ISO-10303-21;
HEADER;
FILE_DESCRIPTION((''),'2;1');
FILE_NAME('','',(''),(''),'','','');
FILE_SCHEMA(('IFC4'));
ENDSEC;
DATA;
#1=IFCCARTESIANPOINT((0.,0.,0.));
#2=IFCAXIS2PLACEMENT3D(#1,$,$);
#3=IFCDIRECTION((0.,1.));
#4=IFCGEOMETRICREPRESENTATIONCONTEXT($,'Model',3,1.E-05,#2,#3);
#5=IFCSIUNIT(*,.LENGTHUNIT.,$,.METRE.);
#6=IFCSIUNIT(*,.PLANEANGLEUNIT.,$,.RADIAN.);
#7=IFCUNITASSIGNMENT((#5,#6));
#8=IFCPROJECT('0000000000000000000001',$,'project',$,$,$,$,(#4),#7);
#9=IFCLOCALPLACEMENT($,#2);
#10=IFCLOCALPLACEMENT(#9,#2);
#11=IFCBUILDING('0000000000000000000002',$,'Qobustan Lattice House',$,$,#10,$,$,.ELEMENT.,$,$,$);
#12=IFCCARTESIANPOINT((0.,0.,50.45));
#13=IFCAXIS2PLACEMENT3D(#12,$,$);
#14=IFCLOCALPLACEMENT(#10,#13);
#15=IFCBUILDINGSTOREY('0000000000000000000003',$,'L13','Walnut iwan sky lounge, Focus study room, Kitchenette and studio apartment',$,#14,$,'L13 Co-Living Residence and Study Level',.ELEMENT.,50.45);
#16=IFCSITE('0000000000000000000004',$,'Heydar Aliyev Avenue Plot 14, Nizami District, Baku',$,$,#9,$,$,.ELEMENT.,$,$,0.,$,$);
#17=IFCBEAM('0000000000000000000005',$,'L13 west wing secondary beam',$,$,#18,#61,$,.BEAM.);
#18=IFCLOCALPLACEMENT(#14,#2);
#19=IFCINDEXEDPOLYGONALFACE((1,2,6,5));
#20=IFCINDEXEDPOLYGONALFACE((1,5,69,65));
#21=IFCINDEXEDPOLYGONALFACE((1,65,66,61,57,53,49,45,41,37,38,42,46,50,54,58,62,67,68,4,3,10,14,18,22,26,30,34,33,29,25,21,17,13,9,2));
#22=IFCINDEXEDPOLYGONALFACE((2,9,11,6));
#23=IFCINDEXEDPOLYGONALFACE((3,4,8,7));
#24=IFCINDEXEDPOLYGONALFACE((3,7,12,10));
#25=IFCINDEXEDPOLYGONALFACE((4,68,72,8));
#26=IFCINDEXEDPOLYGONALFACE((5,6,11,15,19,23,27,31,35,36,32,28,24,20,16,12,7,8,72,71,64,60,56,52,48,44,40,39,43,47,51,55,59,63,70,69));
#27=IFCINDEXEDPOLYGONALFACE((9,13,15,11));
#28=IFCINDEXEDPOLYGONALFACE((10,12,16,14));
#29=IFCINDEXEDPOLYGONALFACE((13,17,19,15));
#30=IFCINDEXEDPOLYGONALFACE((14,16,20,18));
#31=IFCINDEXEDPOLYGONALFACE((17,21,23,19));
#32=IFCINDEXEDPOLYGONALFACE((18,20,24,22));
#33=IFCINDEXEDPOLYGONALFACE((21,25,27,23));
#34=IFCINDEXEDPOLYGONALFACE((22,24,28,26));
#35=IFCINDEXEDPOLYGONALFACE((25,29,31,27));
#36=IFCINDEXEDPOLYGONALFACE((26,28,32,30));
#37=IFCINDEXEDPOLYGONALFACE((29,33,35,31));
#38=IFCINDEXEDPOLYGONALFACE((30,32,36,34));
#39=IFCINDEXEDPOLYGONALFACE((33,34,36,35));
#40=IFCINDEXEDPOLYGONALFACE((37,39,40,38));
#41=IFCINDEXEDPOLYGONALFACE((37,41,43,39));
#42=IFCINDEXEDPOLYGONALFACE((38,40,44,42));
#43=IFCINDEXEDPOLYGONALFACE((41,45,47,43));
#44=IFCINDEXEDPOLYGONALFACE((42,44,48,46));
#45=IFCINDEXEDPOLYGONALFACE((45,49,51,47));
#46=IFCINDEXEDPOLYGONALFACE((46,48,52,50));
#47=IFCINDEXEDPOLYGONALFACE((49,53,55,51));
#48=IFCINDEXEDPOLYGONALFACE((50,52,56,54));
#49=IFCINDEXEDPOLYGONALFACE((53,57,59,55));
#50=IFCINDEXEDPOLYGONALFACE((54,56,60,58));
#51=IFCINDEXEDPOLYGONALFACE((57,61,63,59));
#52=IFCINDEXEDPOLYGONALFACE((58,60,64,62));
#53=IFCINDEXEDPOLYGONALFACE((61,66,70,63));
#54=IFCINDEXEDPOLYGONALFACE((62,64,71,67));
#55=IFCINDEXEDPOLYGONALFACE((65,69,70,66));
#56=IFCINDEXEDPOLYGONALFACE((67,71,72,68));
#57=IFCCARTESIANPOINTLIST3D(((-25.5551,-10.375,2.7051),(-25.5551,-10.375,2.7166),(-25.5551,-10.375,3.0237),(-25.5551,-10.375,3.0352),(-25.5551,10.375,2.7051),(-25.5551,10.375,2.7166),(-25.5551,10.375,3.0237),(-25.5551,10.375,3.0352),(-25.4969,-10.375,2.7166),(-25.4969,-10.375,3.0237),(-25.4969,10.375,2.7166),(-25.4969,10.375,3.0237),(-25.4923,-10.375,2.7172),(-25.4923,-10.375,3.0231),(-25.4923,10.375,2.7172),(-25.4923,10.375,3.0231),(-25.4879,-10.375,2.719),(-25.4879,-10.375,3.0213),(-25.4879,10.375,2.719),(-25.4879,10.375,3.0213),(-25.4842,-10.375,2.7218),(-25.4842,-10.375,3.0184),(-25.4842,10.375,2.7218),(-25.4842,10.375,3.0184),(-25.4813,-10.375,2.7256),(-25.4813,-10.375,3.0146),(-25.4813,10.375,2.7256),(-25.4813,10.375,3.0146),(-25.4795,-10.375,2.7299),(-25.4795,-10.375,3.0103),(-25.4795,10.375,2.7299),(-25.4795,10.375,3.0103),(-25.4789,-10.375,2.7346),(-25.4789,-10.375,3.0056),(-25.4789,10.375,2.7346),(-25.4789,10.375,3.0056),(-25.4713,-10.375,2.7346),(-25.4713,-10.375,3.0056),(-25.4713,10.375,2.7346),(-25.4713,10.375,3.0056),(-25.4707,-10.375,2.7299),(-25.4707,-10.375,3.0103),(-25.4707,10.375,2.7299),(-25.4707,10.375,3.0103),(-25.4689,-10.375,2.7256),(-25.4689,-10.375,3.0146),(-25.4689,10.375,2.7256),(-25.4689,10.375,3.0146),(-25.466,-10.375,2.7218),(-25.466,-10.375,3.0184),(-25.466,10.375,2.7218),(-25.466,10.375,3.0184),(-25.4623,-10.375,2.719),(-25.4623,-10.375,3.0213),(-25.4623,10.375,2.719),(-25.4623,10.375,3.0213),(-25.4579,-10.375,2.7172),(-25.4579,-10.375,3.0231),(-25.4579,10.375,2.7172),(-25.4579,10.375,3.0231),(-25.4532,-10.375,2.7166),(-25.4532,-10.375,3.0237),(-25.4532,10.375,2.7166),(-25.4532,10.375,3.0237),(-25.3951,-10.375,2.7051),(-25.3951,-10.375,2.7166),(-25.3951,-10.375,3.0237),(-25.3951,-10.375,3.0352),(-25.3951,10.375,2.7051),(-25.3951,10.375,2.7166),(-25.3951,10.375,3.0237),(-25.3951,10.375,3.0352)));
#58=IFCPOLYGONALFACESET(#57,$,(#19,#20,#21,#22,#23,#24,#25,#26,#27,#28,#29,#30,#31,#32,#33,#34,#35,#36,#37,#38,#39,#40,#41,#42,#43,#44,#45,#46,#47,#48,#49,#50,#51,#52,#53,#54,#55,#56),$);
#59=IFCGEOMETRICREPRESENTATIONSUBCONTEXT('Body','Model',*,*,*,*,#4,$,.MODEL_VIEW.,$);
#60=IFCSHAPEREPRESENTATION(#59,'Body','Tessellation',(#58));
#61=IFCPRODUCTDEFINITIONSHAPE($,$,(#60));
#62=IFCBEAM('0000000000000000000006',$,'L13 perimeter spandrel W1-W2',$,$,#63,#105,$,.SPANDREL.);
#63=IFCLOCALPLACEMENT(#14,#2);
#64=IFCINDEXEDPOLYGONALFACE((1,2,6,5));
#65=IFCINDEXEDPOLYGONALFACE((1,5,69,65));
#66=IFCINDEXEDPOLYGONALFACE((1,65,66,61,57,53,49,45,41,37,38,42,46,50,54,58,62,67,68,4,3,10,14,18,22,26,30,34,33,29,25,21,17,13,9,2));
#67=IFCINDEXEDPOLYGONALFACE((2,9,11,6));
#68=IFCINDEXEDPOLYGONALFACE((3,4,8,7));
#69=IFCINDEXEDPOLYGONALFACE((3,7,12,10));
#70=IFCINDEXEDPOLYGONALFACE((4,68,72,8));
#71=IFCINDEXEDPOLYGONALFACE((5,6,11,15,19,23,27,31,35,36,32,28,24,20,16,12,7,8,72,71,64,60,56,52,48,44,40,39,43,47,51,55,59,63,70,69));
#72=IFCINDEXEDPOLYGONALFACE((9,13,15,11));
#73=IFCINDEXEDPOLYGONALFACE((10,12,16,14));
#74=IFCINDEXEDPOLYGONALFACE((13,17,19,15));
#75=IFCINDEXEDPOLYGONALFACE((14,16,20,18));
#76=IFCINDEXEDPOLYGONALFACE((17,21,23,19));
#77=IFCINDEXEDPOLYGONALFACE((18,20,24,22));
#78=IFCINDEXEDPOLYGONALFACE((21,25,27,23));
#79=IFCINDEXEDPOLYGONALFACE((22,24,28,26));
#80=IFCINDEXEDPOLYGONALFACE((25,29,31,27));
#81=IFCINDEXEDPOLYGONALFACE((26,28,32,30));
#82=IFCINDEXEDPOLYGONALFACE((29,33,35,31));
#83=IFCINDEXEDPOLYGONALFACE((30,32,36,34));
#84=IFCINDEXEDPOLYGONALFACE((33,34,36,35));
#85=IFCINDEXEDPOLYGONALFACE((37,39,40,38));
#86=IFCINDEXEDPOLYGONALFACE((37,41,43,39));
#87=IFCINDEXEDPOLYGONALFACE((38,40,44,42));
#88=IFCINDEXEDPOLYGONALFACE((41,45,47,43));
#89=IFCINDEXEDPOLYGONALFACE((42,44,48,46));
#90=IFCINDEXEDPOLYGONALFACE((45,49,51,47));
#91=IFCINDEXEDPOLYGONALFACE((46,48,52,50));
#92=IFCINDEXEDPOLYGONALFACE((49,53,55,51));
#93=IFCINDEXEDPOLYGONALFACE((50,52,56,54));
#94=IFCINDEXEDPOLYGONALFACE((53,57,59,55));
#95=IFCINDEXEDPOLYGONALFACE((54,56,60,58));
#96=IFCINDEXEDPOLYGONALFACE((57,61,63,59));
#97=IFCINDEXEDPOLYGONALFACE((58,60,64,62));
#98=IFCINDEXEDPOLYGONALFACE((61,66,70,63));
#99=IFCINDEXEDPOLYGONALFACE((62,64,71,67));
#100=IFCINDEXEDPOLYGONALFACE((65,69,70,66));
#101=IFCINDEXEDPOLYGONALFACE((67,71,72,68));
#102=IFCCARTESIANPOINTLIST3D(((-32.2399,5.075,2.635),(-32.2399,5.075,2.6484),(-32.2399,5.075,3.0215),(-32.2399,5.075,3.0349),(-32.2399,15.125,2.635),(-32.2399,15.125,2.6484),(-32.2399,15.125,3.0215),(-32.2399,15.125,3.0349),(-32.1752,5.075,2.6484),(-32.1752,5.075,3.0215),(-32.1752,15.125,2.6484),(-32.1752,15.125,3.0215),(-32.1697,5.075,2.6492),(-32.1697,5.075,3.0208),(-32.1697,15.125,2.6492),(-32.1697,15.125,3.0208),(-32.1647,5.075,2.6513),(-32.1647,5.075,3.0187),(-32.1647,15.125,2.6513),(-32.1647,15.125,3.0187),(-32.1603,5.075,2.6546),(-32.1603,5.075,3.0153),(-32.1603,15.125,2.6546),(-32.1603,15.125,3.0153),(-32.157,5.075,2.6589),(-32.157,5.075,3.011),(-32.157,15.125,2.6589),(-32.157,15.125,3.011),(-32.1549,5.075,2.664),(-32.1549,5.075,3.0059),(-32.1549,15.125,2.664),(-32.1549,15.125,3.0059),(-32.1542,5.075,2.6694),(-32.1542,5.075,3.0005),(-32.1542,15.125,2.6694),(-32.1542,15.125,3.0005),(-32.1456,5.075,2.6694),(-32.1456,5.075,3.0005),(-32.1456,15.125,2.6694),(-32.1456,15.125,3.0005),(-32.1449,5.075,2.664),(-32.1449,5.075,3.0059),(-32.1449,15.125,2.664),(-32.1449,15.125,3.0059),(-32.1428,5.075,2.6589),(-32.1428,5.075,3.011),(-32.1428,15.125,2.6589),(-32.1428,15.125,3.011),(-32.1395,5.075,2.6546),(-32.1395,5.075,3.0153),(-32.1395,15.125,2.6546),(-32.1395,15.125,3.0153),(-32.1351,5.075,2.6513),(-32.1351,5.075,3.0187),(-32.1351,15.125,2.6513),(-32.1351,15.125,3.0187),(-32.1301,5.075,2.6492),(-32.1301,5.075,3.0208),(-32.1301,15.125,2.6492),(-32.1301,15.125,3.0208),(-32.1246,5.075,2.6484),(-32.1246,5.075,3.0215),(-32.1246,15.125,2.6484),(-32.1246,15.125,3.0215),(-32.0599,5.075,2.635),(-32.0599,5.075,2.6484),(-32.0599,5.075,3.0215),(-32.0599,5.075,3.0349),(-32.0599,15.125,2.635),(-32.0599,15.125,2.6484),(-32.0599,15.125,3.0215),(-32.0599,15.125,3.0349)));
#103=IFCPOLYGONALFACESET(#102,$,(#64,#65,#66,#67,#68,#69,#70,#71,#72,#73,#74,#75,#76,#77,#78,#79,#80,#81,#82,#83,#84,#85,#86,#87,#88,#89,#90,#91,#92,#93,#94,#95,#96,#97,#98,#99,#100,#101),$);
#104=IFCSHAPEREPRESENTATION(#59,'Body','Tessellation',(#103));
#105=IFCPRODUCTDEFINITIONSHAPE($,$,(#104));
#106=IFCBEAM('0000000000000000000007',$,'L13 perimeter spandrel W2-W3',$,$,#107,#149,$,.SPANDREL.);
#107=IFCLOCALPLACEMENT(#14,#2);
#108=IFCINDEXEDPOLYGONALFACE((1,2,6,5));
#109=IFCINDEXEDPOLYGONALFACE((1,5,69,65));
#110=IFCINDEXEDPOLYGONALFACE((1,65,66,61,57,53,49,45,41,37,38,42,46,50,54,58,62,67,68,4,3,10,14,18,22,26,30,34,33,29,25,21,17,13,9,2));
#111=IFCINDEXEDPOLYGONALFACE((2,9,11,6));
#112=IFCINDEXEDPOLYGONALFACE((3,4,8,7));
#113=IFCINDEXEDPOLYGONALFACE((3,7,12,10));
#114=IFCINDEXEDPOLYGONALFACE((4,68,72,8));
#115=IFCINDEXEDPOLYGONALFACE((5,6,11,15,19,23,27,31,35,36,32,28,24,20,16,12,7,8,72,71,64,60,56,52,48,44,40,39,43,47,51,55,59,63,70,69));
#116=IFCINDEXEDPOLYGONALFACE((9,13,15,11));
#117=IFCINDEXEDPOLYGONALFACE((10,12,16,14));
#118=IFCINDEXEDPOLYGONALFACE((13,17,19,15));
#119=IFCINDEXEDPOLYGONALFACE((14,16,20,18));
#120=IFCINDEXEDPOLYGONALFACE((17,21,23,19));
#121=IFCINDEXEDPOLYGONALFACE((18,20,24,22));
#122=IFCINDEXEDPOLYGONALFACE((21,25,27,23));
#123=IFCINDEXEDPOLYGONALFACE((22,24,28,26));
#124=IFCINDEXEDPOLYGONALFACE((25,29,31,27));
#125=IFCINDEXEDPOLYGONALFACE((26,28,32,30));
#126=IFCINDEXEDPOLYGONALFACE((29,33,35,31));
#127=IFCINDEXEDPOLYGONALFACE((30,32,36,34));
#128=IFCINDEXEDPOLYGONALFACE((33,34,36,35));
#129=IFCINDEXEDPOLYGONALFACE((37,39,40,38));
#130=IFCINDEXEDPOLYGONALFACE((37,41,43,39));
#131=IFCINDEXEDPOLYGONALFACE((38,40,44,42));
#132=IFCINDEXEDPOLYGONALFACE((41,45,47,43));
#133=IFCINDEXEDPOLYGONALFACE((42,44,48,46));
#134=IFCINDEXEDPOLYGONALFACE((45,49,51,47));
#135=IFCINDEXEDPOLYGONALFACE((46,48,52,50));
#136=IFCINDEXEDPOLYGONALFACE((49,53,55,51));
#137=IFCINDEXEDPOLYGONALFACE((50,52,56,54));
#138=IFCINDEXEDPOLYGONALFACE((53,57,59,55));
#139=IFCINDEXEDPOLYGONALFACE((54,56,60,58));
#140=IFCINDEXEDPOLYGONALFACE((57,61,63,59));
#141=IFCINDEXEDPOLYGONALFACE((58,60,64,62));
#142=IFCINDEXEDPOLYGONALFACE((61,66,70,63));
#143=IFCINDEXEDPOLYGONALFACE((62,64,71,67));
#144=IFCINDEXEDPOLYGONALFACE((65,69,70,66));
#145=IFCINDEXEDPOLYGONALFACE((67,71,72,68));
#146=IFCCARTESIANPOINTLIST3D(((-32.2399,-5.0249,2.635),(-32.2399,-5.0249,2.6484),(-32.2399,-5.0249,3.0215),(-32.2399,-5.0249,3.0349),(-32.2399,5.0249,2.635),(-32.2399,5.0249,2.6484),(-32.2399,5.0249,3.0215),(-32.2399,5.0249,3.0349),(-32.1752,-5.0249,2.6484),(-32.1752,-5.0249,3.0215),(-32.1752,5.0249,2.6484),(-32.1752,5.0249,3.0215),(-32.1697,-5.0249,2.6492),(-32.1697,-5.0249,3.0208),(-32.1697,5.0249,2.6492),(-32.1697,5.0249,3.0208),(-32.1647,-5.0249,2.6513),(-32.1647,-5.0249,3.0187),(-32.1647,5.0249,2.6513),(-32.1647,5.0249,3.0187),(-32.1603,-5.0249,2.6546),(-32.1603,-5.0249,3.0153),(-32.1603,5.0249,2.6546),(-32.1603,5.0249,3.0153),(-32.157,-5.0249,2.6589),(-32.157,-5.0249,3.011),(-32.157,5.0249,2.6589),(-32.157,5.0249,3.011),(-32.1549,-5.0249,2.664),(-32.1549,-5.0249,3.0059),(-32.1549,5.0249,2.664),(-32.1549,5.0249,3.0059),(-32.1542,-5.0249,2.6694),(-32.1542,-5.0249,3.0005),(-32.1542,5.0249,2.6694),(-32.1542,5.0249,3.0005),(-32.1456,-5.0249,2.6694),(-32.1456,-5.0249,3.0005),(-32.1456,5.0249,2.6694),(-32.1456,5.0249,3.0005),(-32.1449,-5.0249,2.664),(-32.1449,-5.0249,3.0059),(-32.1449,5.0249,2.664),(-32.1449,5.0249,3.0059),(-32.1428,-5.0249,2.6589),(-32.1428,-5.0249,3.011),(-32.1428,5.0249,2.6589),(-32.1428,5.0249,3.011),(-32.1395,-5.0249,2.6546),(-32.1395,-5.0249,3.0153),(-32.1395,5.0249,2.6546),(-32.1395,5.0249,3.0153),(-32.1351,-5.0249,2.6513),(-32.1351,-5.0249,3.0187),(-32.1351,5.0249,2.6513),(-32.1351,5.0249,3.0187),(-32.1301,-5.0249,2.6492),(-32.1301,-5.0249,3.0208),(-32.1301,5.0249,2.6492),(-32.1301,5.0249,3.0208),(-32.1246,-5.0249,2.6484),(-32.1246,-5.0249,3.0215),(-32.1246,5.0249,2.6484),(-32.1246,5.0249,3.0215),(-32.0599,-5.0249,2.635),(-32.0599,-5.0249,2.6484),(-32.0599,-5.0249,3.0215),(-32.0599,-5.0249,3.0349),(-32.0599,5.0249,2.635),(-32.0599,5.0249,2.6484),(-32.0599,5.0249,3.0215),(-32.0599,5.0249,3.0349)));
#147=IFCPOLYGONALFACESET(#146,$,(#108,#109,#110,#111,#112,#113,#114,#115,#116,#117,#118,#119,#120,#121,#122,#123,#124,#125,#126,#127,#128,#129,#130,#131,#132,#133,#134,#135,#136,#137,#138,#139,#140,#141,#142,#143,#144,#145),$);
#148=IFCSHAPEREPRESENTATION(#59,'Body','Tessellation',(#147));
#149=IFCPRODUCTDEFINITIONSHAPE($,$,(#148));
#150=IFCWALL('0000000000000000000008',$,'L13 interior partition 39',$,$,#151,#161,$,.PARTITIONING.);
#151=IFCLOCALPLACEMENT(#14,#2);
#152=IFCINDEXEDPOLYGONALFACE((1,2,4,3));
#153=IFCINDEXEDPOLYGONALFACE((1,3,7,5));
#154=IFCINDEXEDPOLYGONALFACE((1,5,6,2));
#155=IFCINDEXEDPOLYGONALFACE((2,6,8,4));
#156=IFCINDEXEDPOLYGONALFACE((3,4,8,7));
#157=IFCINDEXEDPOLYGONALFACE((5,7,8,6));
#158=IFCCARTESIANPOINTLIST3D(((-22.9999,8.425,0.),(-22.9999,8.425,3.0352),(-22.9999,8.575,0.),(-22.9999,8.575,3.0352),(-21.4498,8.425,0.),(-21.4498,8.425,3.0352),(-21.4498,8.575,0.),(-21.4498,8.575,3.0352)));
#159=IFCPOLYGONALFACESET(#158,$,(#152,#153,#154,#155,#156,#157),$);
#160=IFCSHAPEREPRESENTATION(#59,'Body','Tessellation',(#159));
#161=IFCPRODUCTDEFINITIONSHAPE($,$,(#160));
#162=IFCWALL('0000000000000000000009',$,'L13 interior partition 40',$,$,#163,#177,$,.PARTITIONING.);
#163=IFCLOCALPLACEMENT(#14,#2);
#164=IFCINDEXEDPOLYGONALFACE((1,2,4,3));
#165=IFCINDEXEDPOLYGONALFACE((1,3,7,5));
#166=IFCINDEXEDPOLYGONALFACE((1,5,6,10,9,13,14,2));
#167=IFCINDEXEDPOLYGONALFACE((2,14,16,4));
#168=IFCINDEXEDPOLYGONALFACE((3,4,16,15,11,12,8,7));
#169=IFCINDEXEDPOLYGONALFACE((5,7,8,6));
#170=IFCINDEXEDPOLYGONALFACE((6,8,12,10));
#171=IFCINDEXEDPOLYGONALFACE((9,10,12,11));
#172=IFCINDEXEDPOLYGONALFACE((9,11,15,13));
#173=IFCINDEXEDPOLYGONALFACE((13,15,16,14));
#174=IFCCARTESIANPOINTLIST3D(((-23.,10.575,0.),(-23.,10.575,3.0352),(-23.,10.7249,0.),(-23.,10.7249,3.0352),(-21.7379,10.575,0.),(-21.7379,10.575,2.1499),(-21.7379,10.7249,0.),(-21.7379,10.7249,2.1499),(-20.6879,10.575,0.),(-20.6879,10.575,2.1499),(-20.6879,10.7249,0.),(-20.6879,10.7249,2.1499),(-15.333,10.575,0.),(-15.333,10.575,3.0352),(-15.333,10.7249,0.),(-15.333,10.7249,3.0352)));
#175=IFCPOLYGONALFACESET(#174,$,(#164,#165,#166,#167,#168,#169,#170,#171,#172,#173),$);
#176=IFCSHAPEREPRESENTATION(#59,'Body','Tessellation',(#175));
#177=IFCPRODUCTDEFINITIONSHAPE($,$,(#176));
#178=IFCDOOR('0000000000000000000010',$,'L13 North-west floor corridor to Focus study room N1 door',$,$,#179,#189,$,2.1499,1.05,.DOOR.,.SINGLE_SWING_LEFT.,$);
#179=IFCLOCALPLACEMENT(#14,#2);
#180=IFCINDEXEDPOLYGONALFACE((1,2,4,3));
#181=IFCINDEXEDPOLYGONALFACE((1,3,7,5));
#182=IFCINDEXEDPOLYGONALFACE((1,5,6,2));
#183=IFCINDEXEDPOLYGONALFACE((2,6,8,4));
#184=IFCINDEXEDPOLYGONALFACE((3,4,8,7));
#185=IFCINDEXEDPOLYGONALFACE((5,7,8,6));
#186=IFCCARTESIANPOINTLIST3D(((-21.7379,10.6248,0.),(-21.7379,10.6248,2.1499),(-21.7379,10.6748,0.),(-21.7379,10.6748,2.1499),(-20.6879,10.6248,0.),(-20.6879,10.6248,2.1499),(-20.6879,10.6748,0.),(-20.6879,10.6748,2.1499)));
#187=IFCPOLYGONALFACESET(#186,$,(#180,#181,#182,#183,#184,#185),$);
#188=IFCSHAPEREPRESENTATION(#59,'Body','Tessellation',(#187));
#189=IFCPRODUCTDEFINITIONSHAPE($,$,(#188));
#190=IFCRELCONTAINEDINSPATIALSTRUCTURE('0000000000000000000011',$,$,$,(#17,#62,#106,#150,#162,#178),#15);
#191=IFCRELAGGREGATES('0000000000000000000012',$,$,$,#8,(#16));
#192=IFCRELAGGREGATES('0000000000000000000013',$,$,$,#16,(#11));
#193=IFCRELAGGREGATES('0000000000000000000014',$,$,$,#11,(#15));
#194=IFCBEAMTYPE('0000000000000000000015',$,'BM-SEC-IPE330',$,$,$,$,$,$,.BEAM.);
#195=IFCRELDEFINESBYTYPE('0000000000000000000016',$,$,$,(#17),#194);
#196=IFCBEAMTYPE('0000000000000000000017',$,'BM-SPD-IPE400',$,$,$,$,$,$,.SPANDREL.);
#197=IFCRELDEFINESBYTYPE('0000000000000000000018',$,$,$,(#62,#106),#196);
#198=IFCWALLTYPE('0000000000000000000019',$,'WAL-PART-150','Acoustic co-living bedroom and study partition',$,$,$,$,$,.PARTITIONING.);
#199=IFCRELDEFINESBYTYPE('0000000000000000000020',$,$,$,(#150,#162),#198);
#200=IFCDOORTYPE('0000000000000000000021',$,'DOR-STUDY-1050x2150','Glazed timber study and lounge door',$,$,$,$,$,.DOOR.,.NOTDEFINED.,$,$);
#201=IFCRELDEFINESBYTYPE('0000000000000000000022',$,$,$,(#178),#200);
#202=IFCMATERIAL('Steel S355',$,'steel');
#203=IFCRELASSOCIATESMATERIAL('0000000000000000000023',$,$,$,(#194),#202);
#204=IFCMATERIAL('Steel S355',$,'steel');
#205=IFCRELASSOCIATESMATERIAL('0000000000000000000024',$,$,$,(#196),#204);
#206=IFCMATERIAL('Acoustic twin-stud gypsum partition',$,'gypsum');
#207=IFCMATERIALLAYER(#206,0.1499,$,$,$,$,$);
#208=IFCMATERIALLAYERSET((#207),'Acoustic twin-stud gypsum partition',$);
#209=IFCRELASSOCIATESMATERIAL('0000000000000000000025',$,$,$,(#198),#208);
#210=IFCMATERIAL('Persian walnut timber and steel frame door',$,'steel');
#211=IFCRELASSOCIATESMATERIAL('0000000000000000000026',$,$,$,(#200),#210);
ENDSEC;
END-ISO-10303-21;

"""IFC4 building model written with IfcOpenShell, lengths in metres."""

from ifc_helpers import new_model, si_unit, direction, frame, frame_2d, origin, origin_2d, place, context, subcontext, project, spatial, rectangle, i_section, extrude, material, layer, layer_set, material_profile, profile_set, type_object, element, fill, save


model = new_model("IFC4")

# Units and contexts
model_context = context("Model", 3, precision=1e-05, world=origin(), true_north=direction((0.0, 1.0)))
body_context = subcontext(model_context, "Body", "Model", "MODEL_VIEW")
ifc_project = project(units=[si_unit("LENGTHUNIT", "METRE"), si_unit("PLANEANGLEUNIT", "RADIAN")], contexts=[model_context])

# Site, building, storey
site_placement = place(None, origin())
site = spatial("IfcSite", under=ifc_project, at=site_placement, Name="Heydar Aliyev Avenue Plot 14, Nizami District, Baku", CompositionType="ELEMENT", RefElevation=0.0)
building_placement = place(site_placement, origin())
building = spatial("IfcBuilding", under=site, at=building_placement, Name="Qobustan Lattice House", CompositionType="ELEMENT")
storey_placement = place(building_placement, frame((0.0, 0.0, 50.45)))
storey = spatial("IfcBuildingStorey", under=building, at=storey_placement, Name="L13", Description="Walnut iwan sky lounge, Focus study room, Kitchenette and studio apartment", LongName="L13 Co-Living Residence and Study Level", CompositionType="ELEMENT", Elevation=50.45)

# Beams
ifc_material_1 = material(Name="Steel S355", Category="steel")
ifc_material_profile_1 = material_profile(ifc_material_1, i_section(OverallWidth=0.1599, OverallDepth=0.3301, WebThickness=0.0076, FlangeThickness=0.0115, FilletRadius=0.0181, at=origin_2d()), Name="IPE330")
ifc_profile_set_1 = profile_set([ifc_material_profile_1], Name="Steel S355")
beam_type_1 = type_object("IfcBeamType", Name="BM-SEC-IPE330", PredefinedType="BEAM", material=ifc_profile_set_1)
beam_1_placement = place(storey_placement, frame((-25.4751, 10.375, 2.8701), z_axis=(0.0, -1.0, 0.0), x_axis=(1.0, 0.0, 0.0)))
element("IfcBeam", 1, at=beam_1_placement, inside=storey, type_object=beam_type_1, Name="L13 west wing secondary beam", PredefinedType="BEAM", context=body_context, shape_type="SweptSolid", body=[
    extrude(i_section(OverallWidth=0.1599, OverallDepth=0.3301, WebThickness=0.0076, FlangeThickness=0.0115, FilletRadius=0.0181, at=origin_2d()), origin(), (0.0, 0.0, 1.0), 20.75),
])
ifc_material_2 = material(Name="Steel S355", Category="steel")
ifc_material_profile_2 = material_profile(ifc_material_2, i_section(OverallWidth=0.1799, OverallDepth=0.3999, WebThickness=0.0085, FlangeThickness=0.0134, FilletRadius=0.021, at=origin_2d()), Name="IPE400")
ifc_profile_set_2 = profile_set([ifc_material_profile_2], Name="Steel S355")
beam_type_2 = type_object("IfcBeamType", Name="BM-SPD-IPE400", PredefinedType="SPANDREL", material=ifc_profile_set_2)
beam_2_placement = place(storey_placement, frame((-32.1499, 15.125, 2.835), z_axis=(0.0, -1.0, 0.0), x_axis=(1.0, 0.0, 0.0)))
element("IfcBeam", 2, at=beam_2_placement, inside=storey, type_object=beam_type_2, Name="L13 perimeter spandrel W1-W2", PredefinedType="SPANDREL", context=body_context, shape_type="SweptSolid", body=[
    extrude(i_section(OverallWidth=0.1799, OverallDepth=0.3999, WebThickness=0.0085, FlangeThickness=0.0134, FilletRadius=0.021, at=origin_2d()), origin(), (0.0, 0.0, 1.0), 10.05),
])
beam_3_placement = place(storey_placement, frame((-32.1499, 5.0249, 2.835), z_axis=(0.0, -1.0, 0.0), x_axis=(1.0, 0.0, 0.0)))
element("IfcBeam", 3, at=beam_3_placement, inside=storey, type_object=beam_type_2, Name="L13 perimeter spandrel W2-W3", PredefinedType="SPANDREL", context=body_context, shape_type="SweptSolid", body=[
    extrude(i_section(OverallWidth=0.1799, OverallDepth=0.3999, WebThickness=0.0085, FlangeThickness=0.0134, FilletRadius=0.021, at=origin_2d()), origin(), (0.0, 0.0, 1.0), 10.0498),
])

# Wall
ifc_material_3 = material(Name="Acoustic twin-stud gypsum partition", Category="gypsum")
ifc_layer_1 = layer(ifc_material_3, 0.1499)
ifc_layer_set_1 = layer_set([ifc_layer_1], Name="Acoustic twin-stud gypsum partition")
wall_type_1 = type_object("IfcWallType", Name="WAL-PART-150", Description="Acoustic co-living bedroom and study partition", PredefinedType="PARTITIONING", material=ifc_layer_set_1)
wall_1_placement = place(storey_placement, frame((-21.45, 8.5, 0.0), z_axis=(0.0, 0.0, 1.0), x_axis=(-1.0, 0.0, 0.0)))
element("IfcWall", 4, at=wall_1_placement, inside=storey, type_object=wall_type_1, Name="L13 interior partition 39", PredefinedType="PARTITIONING", context=body_context, shape_type="SweptSolid", body=[
    extrude(rectangle(XDim=1.55, YDim=0.1499, at=frame_2d((0.7749, 0.0))), origin(), (0.0, 0.0, 1.0), 3.0352),
])

# Wall, opening, door
wall_2_placement = place(storey_placement, frame((-23.0, 10.6499, 0.0), z_axis=(0.0, 0.0, 1.0), x_axis=(1.0, 0.0, 0.0)))
wall_2 = element("IfcWall", 5, at=wall_2_placement, inside=storey, type_object=wall_type_1, Name="L13 interior partition 40", PredefinedType="PARTITIONING", context=body_context, shape_type="SweptSolid", body=[
    extrude(rectangle(XDim=7.667, YDim=0.1499, at=frame_2d((3.8335, 0.0))), origin(), (0.0, 0.0, 1.0), 3.0352),
])
opening_1_placement = place(wall_2_placement, frame((1.2622, 0.0, 0.0)))
opening_1 = element("IfcOpeningElement", 6, at=opening_1_placement, cuts=wall_2, PredefinedType="OPENING", context=body_context, shape_type="SweptSolid", body=[
    extrude(rectangle(XDim=1.05, YDim=2.1499, at=frame_2d((0.5249, 1.075))), frame((0.0, 0.085, 0.0), z_axis=(0.0, -1.0, 0.0), x_axis=(1.0, 0.0, 0.0)), (0.0, 0.0, 1.0), 0.1699),
])
ifc_material_4 = material(Name="Persian walnut timber and steel frame door", Category="steel")
door_type_1 = type_object("IfcDoorType", Name="DOR-STUDY-1050x2150", Description="Glazed timber study and lounge door", OperationType="NOTDEFINED", PredefinedType="DOOR", material=ifc_material_4)
door_1_placement = place(opening_1_placement, origin())
door_1 = element("IfcDoor", 7, at=door_1_placement, inside=storey, type_object=door_type_1, Name="L13 North-west floor corridor to Focus study room N1 door", OperationType="SINGLE_SWING_LEFT", OverallHeight=2.1499, OverallWidth=1.05, PredefinedType="DOOR", context=body_context, shape_type="SweptSolid", body=[
    extrude(rectangle(XDim=1.05, YDim=2.1499, at=frame_2d((0.5249, 1.075))), frame((0.0, 0.0249, 0.0), z_axis=(0.0, -1.0, 0.0), x_axis=(1.0, 0.0, 0.0)), (0.0, 0.0, 1.0), 0.05),
])
fill(opening_1, door_1)

save(model, "model.ifc")
